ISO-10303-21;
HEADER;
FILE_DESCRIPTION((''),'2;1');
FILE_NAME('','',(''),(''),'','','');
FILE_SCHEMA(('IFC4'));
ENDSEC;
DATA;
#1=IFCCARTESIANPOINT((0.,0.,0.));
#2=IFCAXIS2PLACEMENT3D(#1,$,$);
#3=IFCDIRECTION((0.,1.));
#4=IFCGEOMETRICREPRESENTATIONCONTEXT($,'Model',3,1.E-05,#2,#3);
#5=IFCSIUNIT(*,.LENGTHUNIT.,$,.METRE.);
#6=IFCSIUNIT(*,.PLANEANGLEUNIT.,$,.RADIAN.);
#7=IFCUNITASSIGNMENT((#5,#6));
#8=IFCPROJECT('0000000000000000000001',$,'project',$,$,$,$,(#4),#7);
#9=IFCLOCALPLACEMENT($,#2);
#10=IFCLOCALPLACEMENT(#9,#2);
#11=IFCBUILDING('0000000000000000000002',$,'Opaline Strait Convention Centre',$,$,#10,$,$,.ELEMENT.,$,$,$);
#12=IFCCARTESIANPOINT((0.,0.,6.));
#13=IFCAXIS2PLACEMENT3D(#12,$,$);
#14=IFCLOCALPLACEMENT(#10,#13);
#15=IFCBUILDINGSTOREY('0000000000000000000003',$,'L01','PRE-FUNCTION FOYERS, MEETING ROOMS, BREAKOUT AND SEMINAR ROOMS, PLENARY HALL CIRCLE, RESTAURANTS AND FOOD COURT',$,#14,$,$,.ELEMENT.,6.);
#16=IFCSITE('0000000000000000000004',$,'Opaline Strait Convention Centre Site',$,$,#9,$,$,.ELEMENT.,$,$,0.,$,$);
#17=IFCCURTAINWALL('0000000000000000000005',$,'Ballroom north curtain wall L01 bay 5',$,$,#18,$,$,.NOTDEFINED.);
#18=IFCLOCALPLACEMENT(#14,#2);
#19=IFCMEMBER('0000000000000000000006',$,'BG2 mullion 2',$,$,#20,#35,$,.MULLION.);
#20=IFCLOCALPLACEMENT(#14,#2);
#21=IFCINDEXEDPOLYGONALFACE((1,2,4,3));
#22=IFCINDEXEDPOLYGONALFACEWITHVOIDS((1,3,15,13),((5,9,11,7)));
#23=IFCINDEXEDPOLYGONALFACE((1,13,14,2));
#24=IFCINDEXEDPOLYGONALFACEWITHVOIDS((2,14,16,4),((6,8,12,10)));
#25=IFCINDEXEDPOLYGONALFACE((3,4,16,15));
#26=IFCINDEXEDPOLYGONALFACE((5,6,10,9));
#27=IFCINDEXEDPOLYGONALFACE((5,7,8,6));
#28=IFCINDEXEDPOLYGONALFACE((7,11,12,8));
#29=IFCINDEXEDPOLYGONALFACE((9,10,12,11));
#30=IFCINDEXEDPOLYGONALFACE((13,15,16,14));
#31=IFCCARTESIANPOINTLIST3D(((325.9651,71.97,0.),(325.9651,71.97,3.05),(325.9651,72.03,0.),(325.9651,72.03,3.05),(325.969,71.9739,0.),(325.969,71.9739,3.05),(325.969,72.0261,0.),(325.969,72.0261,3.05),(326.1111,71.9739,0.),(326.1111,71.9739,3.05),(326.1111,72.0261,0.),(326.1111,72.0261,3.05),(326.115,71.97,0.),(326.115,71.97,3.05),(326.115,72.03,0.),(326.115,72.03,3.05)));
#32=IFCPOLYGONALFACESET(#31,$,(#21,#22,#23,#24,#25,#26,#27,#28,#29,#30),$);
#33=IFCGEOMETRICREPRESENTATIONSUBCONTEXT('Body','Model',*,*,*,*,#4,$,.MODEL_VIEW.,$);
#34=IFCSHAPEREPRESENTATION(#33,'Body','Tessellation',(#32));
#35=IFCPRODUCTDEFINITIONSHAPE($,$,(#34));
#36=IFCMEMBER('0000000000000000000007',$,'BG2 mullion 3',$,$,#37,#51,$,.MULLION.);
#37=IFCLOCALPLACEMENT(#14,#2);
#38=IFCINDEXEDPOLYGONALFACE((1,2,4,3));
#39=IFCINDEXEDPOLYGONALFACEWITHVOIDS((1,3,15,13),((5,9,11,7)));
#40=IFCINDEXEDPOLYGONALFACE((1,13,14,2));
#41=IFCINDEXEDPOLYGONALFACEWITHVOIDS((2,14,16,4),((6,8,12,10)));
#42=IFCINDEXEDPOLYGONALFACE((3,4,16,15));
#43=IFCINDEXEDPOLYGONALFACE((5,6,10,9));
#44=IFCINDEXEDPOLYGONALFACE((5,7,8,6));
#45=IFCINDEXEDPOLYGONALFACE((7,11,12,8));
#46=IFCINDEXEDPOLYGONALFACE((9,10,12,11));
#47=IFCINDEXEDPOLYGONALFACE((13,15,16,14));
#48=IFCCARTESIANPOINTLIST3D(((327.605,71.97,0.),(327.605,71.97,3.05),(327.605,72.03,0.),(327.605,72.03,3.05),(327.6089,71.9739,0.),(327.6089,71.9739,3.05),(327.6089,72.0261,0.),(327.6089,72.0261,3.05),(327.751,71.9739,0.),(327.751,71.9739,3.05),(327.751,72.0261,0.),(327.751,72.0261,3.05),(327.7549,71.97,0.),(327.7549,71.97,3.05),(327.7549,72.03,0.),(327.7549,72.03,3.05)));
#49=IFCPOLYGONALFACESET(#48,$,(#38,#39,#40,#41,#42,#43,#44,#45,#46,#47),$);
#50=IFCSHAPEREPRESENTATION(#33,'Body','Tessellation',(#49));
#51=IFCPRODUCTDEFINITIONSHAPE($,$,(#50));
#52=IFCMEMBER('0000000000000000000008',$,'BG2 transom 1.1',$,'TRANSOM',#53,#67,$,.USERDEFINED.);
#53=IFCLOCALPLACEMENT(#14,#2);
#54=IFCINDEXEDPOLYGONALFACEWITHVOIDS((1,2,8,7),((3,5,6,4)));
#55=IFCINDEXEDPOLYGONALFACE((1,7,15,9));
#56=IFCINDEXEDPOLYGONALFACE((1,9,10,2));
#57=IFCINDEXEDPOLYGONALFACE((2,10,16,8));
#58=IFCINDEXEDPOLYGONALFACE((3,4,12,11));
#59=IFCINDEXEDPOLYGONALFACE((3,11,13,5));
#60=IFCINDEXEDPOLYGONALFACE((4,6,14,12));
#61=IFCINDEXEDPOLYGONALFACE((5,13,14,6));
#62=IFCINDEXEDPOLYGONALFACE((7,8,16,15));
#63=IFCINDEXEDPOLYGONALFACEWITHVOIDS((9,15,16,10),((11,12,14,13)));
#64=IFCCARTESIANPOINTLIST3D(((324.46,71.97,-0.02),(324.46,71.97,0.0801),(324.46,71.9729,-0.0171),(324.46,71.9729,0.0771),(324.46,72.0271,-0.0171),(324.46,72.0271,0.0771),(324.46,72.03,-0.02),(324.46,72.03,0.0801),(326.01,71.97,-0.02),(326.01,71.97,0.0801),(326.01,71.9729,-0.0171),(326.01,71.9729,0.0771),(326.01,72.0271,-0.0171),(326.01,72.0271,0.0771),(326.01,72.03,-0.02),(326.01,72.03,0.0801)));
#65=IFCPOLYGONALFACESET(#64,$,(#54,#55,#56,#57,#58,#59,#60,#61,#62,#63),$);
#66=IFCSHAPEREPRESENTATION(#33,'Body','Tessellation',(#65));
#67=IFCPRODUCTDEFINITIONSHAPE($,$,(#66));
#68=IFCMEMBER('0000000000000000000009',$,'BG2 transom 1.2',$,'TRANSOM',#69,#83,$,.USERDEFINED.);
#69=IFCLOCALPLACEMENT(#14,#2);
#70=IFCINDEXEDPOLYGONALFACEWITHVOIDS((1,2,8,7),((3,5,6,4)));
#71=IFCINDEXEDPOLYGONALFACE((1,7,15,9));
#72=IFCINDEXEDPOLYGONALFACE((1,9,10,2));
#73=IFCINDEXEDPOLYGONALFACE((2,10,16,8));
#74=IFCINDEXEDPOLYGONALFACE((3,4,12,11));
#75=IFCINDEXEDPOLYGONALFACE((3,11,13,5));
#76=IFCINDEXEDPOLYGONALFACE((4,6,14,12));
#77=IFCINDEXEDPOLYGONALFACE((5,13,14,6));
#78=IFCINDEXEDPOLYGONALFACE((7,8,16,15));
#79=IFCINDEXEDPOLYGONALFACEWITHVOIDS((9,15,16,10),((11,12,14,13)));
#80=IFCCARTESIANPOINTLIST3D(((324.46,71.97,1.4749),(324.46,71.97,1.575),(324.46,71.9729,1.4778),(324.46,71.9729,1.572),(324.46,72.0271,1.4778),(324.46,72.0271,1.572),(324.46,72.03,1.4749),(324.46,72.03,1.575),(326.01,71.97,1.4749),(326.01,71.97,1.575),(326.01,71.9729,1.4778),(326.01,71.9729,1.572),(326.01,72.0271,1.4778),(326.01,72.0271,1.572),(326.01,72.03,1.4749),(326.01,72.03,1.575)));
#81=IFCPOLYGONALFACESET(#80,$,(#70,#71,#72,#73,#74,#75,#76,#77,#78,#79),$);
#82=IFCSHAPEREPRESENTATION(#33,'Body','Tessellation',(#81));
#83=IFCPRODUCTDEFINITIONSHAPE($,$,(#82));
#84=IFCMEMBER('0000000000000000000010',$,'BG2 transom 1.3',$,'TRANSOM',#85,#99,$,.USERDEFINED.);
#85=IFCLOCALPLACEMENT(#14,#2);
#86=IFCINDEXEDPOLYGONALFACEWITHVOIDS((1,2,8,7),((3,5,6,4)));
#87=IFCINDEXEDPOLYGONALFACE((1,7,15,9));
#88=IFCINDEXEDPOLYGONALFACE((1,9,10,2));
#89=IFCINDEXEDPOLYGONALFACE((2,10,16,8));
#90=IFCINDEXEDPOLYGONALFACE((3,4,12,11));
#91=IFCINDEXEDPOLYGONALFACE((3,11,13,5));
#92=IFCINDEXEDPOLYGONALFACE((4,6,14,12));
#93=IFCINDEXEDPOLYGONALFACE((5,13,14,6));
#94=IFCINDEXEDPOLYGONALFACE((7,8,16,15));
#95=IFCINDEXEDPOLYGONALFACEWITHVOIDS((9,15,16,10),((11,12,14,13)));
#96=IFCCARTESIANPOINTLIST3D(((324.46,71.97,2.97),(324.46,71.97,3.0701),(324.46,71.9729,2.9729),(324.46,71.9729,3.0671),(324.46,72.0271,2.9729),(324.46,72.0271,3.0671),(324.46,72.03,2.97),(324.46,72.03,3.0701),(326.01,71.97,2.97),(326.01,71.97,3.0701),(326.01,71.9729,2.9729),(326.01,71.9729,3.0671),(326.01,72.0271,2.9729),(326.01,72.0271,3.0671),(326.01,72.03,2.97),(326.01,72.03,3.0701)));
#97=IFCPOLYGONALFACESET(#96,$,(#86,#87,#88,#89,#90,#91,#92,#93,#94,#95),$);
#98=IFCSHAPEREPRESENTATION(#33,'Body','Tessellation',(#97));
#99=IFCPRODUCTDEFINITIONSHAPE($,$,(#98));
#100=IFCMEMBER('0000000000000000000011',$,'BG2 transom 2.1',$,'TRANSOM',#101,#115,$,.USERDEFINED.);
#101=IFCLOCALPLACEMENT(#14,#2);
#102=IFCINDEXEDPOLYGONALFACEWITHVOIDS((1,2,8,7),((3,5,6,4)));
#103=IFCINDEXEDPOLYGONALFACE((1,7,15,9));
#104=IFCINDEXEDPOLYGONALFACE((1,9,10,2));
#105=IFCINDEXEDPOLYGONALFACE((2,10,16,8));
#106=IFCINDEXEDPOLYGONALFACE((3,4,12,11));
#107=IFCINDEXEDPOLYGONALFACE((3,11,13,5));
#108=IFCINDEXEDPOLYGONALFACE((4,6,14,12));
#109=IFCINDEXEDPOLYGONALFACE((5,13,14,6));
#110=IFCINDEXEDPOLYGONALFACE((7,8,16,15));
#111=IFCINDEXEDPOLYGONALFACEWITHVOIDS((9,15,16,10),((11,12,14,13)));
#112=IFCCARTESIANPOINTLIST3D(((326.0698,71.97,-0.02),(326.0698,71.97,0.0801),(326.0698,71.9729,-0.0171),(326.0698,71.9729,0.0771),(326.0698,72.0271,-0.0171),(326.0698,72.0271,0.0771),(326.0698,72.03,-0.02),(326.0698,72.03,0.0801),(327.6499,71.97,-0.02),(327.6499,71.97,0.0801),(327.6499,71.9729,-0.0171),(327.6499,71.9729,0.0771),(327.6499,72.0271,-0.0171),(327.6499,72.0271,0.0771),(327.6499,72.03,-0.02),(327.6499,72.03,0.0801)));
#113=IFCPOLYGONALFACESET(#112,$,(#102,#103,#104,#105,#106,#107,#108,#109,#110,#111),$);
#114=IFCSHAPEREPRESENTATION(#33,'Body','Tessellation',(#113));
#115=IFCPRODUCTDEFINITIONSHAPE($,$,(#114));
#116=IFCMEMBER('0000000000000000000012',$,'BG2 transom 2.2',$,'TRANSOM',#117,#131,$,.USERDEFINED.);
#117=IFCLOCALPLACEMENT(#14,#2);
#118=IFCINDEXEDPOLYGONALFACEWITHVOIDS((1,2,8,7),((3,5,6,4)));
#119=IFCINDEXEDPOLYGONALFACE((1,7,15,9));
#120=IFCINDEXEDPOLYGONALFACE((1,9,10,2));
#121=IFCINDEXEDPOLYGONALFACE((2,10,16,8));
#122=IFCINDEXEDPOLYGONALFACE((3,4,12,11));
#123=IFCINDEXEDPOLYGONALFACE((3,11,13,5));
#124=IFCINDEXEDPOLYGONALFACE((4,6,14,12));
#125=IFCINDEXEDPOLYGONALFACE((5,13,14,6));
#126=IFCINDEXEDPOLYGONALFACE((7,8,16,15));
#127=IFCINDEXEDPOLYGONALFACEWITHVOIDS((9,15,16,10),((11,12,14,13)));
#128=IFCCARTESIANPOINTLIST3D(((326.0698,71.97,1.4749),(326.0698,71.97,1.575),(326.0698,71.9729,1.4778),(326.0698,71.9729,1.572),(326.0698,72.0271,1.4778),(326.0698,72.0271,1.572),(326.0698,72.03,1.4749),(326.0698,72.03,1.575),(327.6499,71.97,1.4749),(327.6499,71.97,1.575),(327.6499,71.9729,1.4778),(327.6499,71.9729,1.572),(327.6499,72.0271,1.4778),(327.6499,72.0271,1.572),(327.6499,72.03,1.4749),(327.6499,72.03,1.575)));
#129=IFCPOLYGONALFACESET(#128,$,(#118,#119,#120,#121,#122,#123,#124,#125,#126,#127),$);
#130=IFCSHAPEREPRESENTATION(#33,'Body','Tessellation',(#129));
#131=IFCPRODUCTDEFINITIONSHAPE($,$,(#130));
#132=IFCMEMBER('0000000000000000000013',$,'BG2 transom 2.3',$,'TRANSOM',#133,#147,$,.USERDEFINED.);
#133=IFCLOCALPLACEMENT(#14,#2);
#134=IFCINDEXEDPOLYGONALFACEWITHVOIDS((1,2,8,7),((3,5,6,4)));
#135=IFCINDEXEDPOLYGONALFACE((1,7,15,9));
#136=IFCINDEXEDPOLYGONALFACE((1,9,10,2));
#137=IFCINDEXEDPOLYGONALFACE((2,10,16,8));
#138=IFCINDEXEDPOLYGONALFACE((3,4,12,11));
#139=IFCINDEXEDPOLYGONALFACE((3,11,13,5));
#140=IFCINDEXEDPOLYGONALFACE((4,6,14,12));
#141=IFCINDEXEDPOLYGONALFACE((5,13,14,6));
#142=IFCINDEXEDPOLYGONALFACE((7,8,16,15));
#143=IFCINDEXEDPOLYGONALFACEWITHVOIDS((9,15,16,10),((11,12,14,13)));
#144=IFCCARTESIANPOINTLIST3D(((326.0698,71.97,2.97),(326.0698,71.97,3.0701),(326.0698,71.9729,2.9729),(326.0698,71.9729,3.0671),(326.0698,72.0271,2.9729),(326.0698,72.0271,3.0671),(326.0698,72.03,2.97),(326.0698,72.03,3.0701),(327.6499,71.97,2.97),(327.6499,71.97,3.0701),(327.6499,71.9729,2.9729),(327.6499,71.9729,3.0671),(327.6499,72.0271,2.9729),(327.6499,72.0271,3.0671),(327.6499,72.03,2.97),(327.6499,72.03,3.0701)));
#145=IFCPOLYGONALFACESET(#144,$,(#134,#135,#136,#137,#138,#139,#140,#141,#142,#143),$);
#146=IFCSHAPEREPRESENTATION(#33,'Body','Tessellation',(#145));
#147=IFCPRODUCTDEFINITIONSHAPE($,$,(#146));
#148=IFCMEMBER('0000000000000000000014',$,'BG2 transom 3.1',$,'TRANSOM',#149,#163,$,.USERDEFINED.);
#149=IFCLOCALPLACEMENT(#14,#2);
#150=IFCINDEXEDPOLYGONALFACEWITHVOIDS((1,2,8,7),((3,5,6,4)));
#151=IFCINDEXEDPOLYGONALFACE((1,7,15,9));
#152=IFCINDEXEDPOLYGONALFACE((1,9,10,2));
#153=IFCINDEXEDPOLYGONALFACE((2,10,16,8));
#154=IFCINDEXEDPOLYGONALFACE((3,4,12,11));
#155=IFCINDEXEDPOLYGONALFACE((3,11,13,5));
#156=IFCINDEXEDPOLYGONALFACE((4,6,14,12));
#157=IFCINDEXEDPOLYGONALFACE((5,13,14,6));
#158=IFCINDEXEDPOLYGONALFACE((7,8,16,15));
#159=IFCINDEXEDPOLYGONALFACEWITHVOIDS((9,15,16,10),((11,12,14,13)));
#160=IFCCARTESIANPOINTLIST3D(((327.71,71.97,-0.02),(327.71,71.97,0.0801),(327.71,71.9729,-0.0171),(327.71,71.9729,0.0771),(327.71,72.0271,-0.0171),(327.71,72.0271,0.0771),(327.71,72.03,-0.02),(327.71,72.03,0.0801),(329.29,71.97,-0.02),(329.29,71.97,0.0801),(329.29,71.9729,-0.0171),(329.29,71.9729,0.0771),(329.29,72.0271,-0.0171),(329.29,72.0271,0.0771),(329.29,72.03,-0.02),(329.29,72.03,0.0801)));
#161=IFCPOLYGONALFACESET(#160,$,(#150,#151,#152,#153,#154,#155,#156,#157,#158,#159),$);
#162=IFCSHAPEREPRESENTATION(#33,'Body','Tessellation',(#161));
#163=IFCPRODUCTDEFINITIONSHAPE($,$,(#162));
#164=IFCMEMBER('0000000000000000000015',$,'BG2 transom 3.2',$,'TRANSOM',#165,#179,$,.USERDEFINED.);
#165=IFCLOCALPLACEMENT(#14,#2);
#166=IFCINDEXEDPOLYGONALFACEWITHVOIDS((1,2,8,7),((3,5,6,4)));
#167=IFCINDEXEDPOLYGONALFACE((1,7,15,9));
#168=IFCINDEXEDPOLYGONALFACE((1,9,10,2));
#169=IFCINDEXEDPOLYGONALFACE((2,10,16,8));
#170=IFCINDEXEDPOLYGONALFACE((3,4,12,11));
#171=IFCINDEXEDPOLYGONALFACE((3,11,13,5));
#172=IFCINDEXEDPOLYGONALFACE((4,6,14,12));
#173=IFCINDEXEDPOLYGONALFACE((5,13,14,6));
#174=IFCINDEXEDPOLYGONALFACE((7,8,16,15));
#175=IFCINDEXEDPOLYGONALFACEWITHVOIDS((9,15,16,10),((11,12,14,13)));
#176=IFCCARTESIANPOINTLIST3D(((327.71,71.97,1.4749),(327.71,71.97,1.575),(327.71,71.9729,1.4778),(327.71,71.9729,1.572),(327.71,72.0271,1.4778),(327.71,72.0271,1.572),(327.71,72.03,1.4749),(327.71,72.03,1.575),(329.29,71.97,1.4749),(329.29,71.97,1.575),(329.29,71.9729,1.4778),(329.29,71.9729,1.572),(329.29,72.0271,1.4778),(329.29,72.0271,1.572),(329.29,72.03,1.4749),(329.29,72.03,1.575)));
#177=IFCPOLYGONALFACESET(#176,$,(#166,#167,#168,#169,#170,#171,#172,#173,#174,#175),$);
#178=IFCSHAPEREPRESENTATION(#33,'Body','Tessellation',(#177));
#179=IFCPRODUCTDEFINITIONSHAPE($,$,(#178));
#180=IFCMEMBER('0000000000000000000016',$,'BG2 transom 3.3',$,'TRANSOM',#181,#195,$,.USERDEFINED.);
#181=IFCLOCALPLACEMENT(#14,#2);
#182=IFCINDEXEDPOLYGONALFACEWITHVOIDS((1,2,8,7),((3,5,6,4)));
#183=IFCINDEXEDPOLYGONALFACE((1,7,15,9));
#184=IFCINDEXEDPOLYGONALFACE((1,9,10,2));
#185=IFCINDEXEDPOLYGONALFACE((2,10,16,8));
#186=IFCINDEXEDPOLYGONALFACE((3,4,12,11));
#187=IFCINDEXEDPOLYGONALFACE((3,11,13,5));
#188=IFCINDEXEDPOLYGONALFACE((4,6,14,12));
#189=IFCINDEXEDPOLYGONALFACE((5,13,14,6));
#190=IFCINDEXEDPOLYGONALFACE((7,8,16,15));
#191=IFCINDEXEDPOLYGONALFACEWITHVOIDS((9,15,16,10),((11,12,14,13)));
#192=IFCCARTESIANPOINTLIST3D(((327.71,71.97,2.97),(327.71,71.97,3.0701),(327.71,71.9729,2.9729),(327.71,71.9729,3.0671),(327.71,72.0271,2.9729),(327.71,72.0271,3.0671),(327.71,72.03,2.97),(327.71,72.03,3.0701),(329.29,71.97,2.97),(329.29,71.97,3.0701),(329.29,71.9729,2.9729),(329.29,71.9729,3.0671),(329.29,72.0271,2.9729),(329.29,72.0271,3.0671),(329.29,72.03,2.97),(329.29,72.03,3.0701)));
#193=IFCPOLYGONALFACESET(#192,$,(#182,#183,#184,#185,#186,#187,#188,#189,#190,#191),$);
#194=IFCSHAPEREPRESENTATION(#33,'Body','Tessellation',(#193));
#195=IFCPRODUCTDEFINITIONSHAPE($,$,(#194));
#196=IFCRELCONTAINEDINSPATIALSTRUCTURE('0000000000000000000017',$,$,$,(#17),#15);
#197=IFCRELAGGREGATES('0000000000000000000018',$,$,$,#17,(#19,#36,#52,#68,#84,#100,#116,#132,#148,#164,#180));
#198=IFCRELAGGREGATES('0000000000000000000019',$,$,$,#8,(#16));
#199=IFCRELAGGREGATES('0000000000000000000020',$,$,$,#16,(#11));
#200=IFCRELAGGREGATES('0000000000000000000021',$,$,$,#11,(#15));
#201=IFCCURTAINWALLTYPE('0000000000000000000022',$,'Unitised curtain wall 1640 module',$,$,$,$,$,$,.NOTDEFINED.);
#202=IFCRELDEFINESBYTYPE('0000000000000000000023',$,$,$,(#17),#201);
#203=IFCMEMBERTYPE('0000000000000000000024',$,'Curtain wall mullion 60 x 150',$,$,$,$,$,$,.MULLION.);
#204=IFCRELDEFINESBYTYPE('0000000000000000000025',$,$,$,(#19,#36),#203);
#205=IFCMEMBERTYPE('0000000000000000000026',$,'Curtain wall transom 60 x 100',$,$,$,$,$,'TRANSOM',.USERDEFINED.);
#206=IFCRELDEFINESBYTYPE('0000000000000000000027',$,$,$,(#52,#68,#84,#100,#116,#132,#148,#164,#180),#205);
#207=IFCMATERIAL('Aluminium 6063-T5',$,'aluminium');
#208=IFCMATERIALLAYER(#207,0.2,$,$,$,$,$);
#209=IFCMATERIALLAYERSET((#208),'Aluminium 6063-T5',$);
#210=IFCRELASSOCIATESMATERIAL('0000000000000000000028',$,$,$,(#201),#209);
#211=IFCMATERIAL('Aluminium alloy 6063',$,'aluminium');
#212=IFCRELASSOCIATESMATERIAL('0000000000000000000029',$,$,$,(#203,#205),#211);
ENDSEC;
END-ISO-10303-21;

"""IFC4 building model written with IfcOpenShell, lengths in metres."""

from ifc_helpers import new_model, si_unit, direction, frame, origin, origin_2d, place, context, subcontext, project, spatial, hollow_rectangle, extrude, material, layer, layer_set, material_profile, profile_set, type_object, element, aggregate, save


model = new_model("IFC4")

# Units and contexts
model_context = context("Model", 3, precision=1e-05, world=origin(), true_north=direction((0.0, 1.0)))
body_context = subcontext(model_context, "Body", "Model", "MODEL_VIEW")
ifc_project = project(units=[si_unit("LENGTHUNIT", "METRE"), si_unit("PLANEANGLEUNIT", "RADIAN")], contexts=[model_context])

# Site, building, storey
site_placement = place(None, origin())
site = spatial("IfcSite", under=ifc_project, at=site_placement, Name="Opaline Strait Convention Centre Site", CompositionType="ELEMENT", RefElevation=0.0)
building_placement = place(site_placement, origin())
building = spatial("IfcBuilding", under=site, at=building_placement, Name="Opaline Strait Convention Centre", CompositionType="ELEMENT")
storey_placement = place(building_placement, frame((0.0, 0.0, 6.0)))
storey = spatial("IfcBuildingStorey", under=building, at=storey_placement, Name="L01", Description="PRE-FUNCTION FOYERS, MEETING ROOMS, BREAKOUT AND SEMINAR ROOMS, PLENARY HALL CIRCLE, RESTAURANTS AND FOOD COURT", CompositionType="ELEMENT", Elevation=6.0)

# Curtain wall, members
ifc_material_1 = material(Name="Aluminium 6063-T5", Category="aluminium")
ifc_layer_1 = layer(ifc_material_1, 0.2)
ifc_layer_set_1 = layer_set([ifc_layer_1], Name="Aluminium 6063-T5")
curtain_wall_type = type_object("IfcCurtainWallType", Name="Unitised curtain wall 1640 module", PredefinedType="NOTDEFINED", material=ifc_layer_set_1)
curtain_wall_placement = place(storey_placement, origin())
curtain_wall = element("IfcCurtainWall", 1, at=curtain_wall_placement, inside=storey, type_object=curtain_wall_type, Name="Ballroom north curtain wall L01 bay 5", PredefinedType="NOTDEFINED")
ifc_material_2 = material(Name="Aluminium alloy 6063", Category="aluminium")
ifc_material_profile_1 = material_profile(ifc_material_2, hollow_rectangle(XDim=0.0601, YDim=0.1499, WallThickness=0.0039, at=origin_2d()), Name="MULLION 60x150x4")
ifc_profile_set_1 = profile_set([ifc_material_profile_1], Name="Aluminium alloy 6063")
member_type_1 = type_object("IfcMemberType", Name="Curtain wall mullion 60 x 150", PredefinedType="MULLION", material=ifc_profile_set_1)
member_1_placement = place(storey_placement, frame((326.04, 72.0, 0.0), z_axis=(0.0, 0.0, 1.0), x_axis=(0.0, 1.0, 0.0)))
member_1 = element("IfcMember", 2, at=member_1_placement, type_object=member_type_1, Name="BG2 mullion 2", PredefinedType="MULLION", context=body_context, shape_type="SweptSolid", body=[
    extrude(hollow_rectangle(XDim=0.0601, YDim=0.1499, WallThickness=0.0039, at=origin_2d()), origin(), (0.0, 0.0, 1.0), 3.05),
])
member_2_placement = place(storey_placement, frame((327.6799, 72.0, 0.0), z_axis=(0.0, 0.0, 1.0), x_axis=(0.0, 1.0, 0.0)))
member_2 = element("IfcMember", 3, at=member_2_placement, type_object=member_type_1, Name="BG2 mullion 3", PredefinedType="MULLION", context=body_context, shape_type="SweptSolid", body=[
    extrude(hollow_rectangle(XDim=0.0601, YDim=0.1499, WallThickness=0.0039, at=origin_2d()), origin(), (0.0, 0.0, 1.0), 3.05),
])
ifc_material_profile_2 = material_profile(ifc_material_2, hollow_rectangle(XDim=0.0601, YDim=0.1001, WallThickness=0.0029, at=origin_2d()), Name="TRANSOM 60x100x3")
ifc_profile_set_2 = profile_set([ifc_material_profile_2], Name="Aluminium alloy 6063")
member_type_2 = type_object("IfcMemberType", Name="Curtain wall transom 60 x 100", ElementType="TRANSOM", PredefinedType="USERDEFINED", material=ifc_profile_set_2)
member_3_placement = place(storey_placement, frame((324.46, 72.0, 0.03), z_axis=(1.0, 0.0, 0.0), x_axis=(0.0, 1.0, 0.0)))
member_3 = element("IfcMember", 4, at=member_3_placement, type_object=member_type_2, Name="BG2 transom 1.1", ObjectType="TRANSOM", PredefinedType="USERDEFINED", context=body_context, shape_type="SweptSolid", body=[
    extrude(hollow_rectangle(XDim=0.0601, YDim=0.1001, WallThickness=0.0029, at=origin_2d()), origin(), (0.0, 0.0, 1.0), 1.55),
])
member_4_placement = place(storey_placement, frame((324.46, 72.0, 1.5249), z_axis=(1.0, 0.0, 0.0), x_axis=(0.0, 1.0, 0.0)))
member_4 = element("IfcMember", 5, at=member_4_placement, type_object=member_type_2, Name="BG2 transom 1.2", ObjectType="TRANSOM", PredefinedType="USERDEFINED", context=body_context, shape_type="SweptSolid", body=[
    extrude(hollow_rectangle(XDim=0.0601, YDim=0.1001, WallThickness=0.0029, at=origin_2d()), origin(), (0.0, 0.0, 1.0), 1.55),
])
member_5_placement = place(storey_placement, frame((324.46, 72.0, 3.02), z_axis=(1.0, 0.0, 0.0), x_axis=(0.0, 1.0, 0.0)))
member_5 = element("IfcMember", 6, at=member_5_placement, type_object=member_type_2, Name="BG2 transom 1.3", ObjectType="TRANSOM", PredefinedType="USERDEFINED", context=body_context, shape_type="SweptSolid", body=[
    extrude(hollow_rectangle(XDim=0.0601, YDim=0.1001, WallThickness=0.0029, at=origin_2d()), origin(), (0.0, 0.0, 1.0), 1.55),
])
member_6_placement = place(storey_placement, frame((326.0698, 72.0, 0.03), z_axis=(1.0, 0.0, 0.0), x_axis=(0.0, 1.0, 0.0)))
member_6 = element("IfcMember", 7, at=member_6_placement, type_object=member_type_2, Name="BG2 transom 2.1", ObjectType="TRANSOM", PredefinedType="USERDEFINED", context=body_context, shape_type="SweptSolid", body=[
    extrude(hollow_rectangle(XDim=0.0601, YDim=0.1001, WallThickness=0.0029, at=origin_2d()), origin(), (0.0, 0.0, 1.0), 1.5801),
])
member_7_placement = place(storey_placement, frame((326.0698, 72.0, 1.5249), z_axis=(1.0, 0.0, 0.0), x_axis=(0.0, 1.0, 0.0)))
member_7 = element("IfcMember", 8, at=member_7_placement, type_object=member_type_2, Name="BG2 transom 2.2", ObjectType="TRANSOM", PredefinedType="USERDEFINED", context=body_context, shape_type="SweptSolid", body=[
    extrude(hollow_rectangle(XDim=0.0601, YDim=0.1001, WallThickness=0.0029, at=origin_2d()), origin(), (0.0, 0.0, 1.0), 1.5801),
])
member_8_placement = place(storey_placement, frame((326.0698, 72.0, 3.02), z_axis=(1.0, 0.0, 0.0), x_axis=(0.0, 1.0, 0.0)))
member_8 = element("IfcMember", 9, at=member_8_placement, type_object=member_type_2, Name="BG2 transom 2.3", ObjectType="TRANSOM", PredefinedType="USERDEFINED", context=body_context, shape_type="SweptSolid", body=[
    extrude(hollow_rectangle(XDim=0.0601, YDim=0.1001, WallThickness=0.0029, at=origin_2d()), origin(), (0.0, 0.0, 1.0), 1.5801),
])
member_9_placement = place(storey_placement, frame((327.71, 72.0, 0.03), z_axis=(1.0, 0.0, 0.0), x_axis=(0.0, 1.0, 0.0)))
member_9 = element("IfcMember", 10, at=member_9_placement, type_object=member_type_2, Name="BG2 transom 3.1", ObjectType="TRANSOM", PredefinedType="USERDEFINED", context=body_context, shape_type="SweptSolid", body=[
    extrude(hollow_rectangle(XDim=0.0601, YDim=0.1001, WallThickness=0.0029, at=origin_2d()), origin(), (0.0, 0.0, 1.0), 1.5801),
])
member_10_placement = place(storey_placement, frame((327.71, 72.0, 1.5249), z_axis=(1.0, 0.0, 0.0), x_axis=(0.0, 1.0, 0.0)))
member_10 = element("IfcMember", 11, at=member_10_placement, type_object=member_type_2, Name="BG2 transom 3.2", ObjectType="TRANSOM", PredefinedType="USERDEFINED", context=body_context, shape_type="SweptSolid", body=[
    extrude(hollow_rectangle(XDim=0.0601, YDim=0.1001, WallThickness=0.0029, at=origin_2d()), origin(), (0.0, 0.0, 1.0), 1.5801),
])
member_11_placement = place(storey_placement, frame((327.71, 72.0, 3.02), z_axis=(1.0, 0.0, 0.0), x_axis=(0.0, 1.0, 0.0)))
member_11 = element("IfcMember", 12, at=member_11_placement, type_object=member_type_2, Name="BG2 transom 3.3", ObjectType="TRANSOM", PredefinedType="USERDEFINED", context=body_context, shape_type="SweptSolid", body=[
    extrude(hollow_rectangle(XDim=0.0601, YDim=0.1001, WallThickness=0.0029, at=origin_2d()), origin(), (0.0, 0.0, 1.0), 1.5801),
])
aggregate(curtain_wall, [member_1, member_2, member_3, member_4, member_5, member_6, member_7, member_8, member_9, member_10, member_11])

save(model, "model.ifc")
